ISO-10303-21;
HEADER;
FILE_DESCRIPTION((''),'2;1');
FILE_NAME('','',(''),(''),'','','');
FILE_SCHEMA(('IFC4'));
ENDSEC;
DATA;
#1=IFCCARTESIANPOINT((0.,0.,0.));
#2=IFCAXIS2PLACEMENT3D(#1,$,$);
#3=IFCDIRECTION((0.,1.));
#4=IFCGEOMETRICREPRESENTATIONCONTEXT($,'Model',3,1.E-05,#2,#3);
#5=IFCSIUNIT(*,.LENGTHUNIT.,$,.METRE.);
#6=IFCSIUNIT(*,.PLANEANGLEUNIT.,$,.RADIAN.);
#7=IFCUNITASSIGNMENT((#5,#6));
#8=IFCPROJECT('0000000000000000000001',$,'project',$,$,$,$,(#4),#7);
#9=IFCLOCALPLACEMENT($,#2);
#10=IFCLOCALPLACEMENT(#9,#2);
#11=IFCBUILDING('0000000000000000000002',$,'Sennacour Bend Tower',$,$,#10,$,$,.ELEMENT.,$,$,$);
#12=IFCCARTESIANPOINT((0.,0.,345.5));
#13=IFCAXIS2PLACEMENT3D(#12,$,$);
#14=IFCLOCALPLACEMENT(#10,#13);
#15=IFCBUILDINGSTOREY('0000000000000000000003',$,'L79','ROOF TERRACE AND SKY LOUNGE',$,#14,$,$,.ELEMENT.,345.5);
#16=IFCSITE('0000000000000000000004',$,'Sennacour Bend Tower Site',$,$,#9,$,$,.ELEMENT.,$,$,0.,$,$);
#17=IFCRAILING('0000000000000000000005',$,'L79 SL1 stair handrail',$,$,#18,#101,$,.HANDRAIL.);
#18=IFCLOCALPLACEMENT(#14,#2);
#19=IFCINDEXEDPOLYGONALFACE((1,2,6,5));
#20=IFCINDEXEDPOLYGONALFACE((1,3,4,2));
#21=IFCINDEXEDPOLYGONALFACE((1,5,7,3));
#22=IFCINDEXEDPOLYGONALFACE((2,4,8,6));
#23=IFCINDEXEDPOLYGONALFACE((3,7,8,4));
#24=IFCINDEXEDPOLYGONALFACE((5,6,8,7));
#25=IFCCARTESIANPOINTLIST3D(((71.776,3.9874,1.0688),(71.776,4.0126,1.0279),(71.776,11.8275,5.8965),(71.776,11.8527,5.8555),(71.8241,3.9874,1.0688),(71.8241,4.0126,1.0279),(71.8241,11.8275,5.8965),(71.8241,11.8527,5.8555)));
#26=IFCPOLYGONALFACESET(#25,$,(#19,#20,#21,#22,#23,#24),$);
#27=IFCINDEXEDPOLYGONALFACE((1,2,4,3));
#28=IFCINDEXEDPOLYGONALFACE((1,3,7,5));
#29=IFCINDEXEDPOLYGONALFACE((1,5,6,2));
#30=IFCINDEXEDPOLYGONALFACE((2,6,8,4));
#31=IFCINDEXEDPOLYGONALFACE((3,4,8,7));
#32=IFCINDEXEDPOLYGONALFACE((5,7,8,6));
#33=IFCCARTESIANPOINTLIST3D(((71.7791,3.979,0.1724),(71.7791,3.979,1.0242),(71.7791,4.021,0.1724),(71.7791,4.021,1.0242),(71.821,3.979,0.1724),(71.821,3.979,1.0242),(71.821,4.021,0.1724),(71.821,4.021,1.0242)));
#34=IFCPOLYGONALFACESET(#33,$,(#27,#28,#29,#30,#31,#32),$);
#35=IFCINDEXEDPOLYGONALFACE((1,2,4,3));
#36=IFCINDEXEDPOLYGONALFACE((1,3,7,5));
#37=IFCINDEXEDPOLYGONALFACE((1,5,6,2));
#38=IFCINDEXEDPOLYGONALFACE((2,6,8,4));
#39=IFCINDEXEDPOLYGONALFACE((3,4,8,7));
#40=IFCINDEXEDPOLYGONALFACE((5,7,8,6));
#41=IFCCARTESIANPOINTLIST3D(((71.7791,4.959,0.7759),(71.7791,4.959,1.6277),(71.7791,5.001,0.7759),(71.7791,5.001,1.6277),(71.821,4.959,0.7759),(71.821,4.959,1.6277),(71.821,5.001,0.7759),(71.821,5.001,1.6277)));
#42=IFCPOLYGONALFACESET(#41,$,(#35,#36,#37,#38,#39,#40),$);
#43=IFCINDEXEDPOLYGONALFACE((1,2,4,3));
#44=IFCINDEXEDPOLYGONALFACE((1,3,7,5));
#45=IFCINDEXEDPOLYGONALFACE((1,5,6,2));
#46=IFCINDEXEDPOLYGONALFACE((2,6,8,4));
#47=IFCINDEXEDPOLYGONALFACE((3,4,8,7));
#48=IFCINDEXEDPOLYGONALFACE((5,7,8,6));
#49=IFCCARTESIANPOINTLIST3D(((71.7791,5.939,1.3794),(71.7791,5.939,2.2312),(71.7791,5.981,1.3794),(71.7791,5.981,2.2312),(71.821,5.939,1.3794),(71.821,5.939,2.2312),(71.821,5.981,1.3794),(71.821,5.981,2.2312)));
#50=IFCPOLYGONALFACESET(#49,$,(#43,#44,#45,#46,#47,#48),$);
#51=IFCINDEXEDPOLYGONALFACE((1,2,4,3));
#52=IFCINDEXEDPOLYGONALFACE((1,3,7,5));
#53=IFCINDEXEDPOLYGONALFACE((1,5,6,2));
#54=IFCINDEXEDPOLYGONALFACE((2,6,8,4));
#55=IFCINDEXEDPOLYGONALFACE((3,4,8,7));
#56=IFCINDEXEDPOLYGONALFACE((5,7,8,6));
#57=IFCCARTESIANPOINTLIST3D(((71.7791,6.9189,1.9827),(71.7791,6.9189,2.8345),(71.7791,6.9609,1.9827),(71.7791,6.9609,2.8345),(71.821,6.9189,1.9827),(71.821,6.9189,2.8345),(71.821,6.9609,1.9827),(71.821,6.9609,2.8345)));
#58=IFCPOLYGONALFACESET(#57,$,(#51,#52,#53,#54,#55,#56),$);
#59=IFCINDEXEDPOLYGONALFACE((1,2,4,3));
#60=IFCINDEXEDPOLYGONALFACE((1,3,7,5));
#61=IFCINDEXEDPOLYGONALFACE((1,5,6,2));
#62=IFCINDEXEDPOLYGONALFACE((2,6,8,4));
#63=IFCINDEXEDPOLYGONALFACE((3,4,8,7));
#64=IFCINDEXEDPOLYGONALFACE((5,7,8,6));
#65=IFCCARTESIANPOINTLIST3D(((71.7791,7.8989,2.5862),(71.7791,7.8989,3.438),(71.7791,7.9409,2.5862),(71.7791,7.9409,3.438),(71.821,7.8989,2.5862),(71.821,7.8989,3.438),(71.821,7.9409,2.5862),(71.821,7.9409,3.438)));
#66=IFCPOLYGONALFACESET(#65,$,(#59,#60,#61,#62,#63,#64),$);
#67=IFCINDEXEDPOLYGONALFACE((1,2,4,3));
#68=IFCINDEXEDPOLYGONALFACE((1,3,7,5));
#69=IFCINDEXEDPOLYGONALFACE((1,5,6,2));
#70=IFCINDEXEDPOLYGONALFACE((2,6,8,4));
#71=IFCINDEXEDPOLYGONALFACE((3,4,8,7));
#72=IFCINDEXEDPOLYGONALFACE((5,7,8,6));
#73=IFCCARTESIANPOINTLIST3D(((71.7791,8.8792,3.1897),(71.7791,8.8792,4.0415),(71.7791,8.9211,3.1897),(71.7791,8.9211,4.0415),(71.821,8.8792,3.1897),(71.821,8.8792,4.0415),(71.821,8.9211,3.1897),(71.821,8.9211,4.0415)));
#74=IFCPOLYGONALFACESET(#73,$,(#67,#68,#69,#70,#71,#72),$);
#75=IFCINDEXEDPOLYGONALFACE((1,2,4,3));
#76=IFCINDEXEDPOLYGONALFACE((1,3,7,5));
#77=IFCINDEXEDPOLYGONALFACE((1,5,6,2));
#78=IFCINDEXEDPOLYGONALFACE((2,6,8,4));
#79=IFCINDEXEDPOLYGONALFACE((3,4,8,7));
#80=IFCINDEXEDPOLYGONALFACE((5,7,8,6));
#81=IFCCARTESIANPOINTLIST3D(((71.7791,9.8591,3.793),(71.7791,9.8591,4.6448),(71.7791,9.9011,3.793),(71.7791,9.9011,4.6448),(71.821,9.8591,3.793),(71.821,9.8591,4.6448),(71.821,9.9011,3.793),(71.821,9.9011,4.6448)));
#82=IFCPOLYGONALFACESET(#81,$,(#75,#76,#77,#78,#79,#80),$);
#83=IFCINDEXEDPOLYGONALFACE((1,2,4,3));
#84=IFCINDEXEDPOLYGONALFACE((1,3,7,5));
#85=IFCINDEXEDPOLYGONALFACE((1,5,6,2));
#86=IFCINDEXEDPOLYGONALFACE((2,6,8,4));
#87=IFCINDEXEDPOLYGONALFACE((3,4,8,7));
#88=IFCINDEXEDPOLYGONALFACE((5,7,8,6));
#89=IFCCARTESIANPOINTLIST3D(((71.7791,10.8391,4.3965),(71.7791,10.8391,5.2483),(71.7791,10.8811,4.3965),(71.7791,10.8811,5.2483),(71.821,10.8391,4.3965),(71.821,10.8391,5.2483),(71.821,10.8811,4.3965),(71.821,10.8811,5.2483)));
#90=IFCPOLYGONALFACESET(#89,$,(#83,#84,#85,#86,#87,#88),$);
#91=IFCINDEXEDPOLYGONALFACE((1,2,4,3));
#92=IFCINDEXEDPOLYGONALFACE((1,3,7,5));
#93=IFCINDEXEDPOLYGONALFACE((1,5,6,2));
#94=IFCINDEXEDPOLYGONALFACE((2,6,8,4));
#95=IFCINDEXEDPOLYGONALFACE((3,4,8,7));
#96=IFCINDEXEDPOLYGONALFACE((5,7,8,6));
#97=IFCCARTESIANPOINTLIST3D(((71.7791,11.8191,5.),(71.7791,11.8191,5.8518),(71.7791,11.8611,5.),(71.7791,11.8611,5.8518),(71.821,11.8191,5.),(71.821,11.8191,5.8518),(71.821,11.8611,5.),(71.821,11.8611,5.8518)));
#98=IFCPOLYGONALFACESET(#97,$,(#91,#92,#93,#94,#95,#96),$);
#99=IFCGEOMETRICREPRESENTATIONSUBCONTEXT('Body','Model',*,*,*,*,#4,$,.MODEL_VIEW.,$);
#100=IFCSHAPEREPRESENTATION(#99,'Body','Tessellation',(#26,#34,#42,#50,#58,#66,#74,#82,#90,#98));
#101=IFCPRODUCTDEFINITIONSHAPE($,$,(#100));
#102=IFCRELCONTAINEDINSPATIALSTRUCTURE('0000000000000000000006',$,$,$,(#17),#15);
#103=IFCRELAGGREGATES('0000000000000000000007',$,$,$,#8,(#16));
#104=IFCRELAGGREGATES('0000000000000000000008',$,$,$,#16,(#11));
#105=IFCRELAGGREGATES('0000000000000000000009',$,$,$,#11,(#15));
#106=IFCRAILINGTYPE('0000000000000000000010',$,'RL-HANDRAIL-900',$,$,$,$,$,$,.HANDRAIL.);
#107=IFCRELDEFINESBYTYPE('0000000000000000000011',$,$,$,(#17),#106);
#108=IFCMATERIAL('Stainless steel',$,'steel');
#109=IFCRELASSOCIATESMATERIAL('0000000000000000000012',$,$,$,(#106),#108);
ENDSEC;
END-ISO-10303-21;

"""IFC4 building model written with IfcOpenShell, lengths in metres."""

from ifc_helpers import new_model, si_unit, direction, frame, origin, origin_2d, place, context, subcontext, project, spatial, rectangle, extrude, material, type_object, element, save


model = new_model("IFC4")

# Units and contexts
model_context = context("Model", 3, precision=1e-05, world=origin(), true_north=direction((0.0, 1.0)))
body_context = subcontext(model_context, "Body", "Model", "MODEL_VIEW")
ifc_project = project(units=[si_unit("LENGTHUNIT", "METRE"), si_unit("PLANEANGLEUNIT", "RADIAN")], contexts=[model_context])

# Site, building, storey
site_placement = place(None, origin())
site = spatial("IfcSite", under=ifc_project, at=site_placement, Name="Sennacour Bend Tower Site", CompositionType="ELEMENT", RefElevation=0.0)
building_placement = place(site_placement, origin())
building = spatial("IfcBuilding", under=site, at=building_placement, Name="Sennacour Bend Tower", CompositionType="ELEMENT")
storey_placement = place(building_placement, frame((0.0, 0.0, 345.5)))
storey = spatial("IfcBuildingStorey", under=building, at=storey_placement, Name="L79", Description="ROOF TERRACE AND SKY LOUNGE", CompositionType="ELEMENT", Elevation=345.5)

# Railing
ifc_material_1 = material(Name="Stainless steel", Category="steel")
railing_type_1 = type_object("IfcRailingType", Name="RL-HANDRAIL-900", PredefinedType="HANDRAIL", material=ifc_material_1)
railing_1_placement = place(storey_placement, frame((71.8, 4.0, 0.1724)))
element("IfcRailing", 1, at=railing_1_placement, inside=storey, type_object=railing_type_1, Name="L79 SL1 stair handrail", PredefinedType="HANDRAIL", context=body_context, shape_type="SweptSolid", body=[
    extrude(rectangle(XDim=0.0481, YDim=0.0481, at=origin_2d()), frame((0.0, 0.0, 0.876), z_axis=(0.0, 0.851514, 0.524331), x_axis=(-1.0, 0.0, 0.0)), (0.0, 0.0, 1.0), 9.2073),
    extrude(rectangle(XDim=0.042, YDim=0.042, at=origin_2d()), origin(), (0.0, 0.0, 1.0), 0.8518),
    extrude(rectangle(XDim=0.042, YDim=0.042, at=origin_2d()), frame((0.0, 0.98, 0.6035)), (0.0, 0.0, 1.0), 0.8518),
    extrude(rectangle(XDim=0.042, YDim=0.042, at=origin_2d()), frame((0.0, 1.96, 1.207)), (0.0, 0.0, 1.0), 0.8518),
    extrude(rectangle(XDim=0.042, YDim=0.042, at=origin_2d()), frame((0.0, 2.9399, 1.8103)), (0.0, 0.0, 1.0), 0.8518),
    extrude(rectangle(XDim=0.042, YDim=0.042, at=origin_2d()), frame((0.0, 3.9199, 2.4138)), (0.0, 0.0, 1.0), 0.8518),
    extrude(rectangle(XDim=0.042, YDim=0.042, at=origin_2d()), frame((0.0, 4.9001, 3.0173)), (0.0, 0.0, 1.0), 0.8518),
    extrude(rectangle(XDim=0.042, YDim=0.042, at=origin_2d()), frame((0.0, 5.8801, 3.6206)), (0.0, 0.0, 1.0), 0.8518),
    extrude(rectangle(XDim=0.042, YDim=0.042, at=origin_2d()), frame((0.0, 6.8601, 4.2241)), (0.0, 0.0, 1.0), 0.8518),
    extrude(rectangle(XDim=0.042, YDim=0.042, at=origin_2d()), frame((0.0, 7.8401, 4.8276)), (0.0, 0.0, 1.0), 0.8518),
])

save(model, "model.ifc")
